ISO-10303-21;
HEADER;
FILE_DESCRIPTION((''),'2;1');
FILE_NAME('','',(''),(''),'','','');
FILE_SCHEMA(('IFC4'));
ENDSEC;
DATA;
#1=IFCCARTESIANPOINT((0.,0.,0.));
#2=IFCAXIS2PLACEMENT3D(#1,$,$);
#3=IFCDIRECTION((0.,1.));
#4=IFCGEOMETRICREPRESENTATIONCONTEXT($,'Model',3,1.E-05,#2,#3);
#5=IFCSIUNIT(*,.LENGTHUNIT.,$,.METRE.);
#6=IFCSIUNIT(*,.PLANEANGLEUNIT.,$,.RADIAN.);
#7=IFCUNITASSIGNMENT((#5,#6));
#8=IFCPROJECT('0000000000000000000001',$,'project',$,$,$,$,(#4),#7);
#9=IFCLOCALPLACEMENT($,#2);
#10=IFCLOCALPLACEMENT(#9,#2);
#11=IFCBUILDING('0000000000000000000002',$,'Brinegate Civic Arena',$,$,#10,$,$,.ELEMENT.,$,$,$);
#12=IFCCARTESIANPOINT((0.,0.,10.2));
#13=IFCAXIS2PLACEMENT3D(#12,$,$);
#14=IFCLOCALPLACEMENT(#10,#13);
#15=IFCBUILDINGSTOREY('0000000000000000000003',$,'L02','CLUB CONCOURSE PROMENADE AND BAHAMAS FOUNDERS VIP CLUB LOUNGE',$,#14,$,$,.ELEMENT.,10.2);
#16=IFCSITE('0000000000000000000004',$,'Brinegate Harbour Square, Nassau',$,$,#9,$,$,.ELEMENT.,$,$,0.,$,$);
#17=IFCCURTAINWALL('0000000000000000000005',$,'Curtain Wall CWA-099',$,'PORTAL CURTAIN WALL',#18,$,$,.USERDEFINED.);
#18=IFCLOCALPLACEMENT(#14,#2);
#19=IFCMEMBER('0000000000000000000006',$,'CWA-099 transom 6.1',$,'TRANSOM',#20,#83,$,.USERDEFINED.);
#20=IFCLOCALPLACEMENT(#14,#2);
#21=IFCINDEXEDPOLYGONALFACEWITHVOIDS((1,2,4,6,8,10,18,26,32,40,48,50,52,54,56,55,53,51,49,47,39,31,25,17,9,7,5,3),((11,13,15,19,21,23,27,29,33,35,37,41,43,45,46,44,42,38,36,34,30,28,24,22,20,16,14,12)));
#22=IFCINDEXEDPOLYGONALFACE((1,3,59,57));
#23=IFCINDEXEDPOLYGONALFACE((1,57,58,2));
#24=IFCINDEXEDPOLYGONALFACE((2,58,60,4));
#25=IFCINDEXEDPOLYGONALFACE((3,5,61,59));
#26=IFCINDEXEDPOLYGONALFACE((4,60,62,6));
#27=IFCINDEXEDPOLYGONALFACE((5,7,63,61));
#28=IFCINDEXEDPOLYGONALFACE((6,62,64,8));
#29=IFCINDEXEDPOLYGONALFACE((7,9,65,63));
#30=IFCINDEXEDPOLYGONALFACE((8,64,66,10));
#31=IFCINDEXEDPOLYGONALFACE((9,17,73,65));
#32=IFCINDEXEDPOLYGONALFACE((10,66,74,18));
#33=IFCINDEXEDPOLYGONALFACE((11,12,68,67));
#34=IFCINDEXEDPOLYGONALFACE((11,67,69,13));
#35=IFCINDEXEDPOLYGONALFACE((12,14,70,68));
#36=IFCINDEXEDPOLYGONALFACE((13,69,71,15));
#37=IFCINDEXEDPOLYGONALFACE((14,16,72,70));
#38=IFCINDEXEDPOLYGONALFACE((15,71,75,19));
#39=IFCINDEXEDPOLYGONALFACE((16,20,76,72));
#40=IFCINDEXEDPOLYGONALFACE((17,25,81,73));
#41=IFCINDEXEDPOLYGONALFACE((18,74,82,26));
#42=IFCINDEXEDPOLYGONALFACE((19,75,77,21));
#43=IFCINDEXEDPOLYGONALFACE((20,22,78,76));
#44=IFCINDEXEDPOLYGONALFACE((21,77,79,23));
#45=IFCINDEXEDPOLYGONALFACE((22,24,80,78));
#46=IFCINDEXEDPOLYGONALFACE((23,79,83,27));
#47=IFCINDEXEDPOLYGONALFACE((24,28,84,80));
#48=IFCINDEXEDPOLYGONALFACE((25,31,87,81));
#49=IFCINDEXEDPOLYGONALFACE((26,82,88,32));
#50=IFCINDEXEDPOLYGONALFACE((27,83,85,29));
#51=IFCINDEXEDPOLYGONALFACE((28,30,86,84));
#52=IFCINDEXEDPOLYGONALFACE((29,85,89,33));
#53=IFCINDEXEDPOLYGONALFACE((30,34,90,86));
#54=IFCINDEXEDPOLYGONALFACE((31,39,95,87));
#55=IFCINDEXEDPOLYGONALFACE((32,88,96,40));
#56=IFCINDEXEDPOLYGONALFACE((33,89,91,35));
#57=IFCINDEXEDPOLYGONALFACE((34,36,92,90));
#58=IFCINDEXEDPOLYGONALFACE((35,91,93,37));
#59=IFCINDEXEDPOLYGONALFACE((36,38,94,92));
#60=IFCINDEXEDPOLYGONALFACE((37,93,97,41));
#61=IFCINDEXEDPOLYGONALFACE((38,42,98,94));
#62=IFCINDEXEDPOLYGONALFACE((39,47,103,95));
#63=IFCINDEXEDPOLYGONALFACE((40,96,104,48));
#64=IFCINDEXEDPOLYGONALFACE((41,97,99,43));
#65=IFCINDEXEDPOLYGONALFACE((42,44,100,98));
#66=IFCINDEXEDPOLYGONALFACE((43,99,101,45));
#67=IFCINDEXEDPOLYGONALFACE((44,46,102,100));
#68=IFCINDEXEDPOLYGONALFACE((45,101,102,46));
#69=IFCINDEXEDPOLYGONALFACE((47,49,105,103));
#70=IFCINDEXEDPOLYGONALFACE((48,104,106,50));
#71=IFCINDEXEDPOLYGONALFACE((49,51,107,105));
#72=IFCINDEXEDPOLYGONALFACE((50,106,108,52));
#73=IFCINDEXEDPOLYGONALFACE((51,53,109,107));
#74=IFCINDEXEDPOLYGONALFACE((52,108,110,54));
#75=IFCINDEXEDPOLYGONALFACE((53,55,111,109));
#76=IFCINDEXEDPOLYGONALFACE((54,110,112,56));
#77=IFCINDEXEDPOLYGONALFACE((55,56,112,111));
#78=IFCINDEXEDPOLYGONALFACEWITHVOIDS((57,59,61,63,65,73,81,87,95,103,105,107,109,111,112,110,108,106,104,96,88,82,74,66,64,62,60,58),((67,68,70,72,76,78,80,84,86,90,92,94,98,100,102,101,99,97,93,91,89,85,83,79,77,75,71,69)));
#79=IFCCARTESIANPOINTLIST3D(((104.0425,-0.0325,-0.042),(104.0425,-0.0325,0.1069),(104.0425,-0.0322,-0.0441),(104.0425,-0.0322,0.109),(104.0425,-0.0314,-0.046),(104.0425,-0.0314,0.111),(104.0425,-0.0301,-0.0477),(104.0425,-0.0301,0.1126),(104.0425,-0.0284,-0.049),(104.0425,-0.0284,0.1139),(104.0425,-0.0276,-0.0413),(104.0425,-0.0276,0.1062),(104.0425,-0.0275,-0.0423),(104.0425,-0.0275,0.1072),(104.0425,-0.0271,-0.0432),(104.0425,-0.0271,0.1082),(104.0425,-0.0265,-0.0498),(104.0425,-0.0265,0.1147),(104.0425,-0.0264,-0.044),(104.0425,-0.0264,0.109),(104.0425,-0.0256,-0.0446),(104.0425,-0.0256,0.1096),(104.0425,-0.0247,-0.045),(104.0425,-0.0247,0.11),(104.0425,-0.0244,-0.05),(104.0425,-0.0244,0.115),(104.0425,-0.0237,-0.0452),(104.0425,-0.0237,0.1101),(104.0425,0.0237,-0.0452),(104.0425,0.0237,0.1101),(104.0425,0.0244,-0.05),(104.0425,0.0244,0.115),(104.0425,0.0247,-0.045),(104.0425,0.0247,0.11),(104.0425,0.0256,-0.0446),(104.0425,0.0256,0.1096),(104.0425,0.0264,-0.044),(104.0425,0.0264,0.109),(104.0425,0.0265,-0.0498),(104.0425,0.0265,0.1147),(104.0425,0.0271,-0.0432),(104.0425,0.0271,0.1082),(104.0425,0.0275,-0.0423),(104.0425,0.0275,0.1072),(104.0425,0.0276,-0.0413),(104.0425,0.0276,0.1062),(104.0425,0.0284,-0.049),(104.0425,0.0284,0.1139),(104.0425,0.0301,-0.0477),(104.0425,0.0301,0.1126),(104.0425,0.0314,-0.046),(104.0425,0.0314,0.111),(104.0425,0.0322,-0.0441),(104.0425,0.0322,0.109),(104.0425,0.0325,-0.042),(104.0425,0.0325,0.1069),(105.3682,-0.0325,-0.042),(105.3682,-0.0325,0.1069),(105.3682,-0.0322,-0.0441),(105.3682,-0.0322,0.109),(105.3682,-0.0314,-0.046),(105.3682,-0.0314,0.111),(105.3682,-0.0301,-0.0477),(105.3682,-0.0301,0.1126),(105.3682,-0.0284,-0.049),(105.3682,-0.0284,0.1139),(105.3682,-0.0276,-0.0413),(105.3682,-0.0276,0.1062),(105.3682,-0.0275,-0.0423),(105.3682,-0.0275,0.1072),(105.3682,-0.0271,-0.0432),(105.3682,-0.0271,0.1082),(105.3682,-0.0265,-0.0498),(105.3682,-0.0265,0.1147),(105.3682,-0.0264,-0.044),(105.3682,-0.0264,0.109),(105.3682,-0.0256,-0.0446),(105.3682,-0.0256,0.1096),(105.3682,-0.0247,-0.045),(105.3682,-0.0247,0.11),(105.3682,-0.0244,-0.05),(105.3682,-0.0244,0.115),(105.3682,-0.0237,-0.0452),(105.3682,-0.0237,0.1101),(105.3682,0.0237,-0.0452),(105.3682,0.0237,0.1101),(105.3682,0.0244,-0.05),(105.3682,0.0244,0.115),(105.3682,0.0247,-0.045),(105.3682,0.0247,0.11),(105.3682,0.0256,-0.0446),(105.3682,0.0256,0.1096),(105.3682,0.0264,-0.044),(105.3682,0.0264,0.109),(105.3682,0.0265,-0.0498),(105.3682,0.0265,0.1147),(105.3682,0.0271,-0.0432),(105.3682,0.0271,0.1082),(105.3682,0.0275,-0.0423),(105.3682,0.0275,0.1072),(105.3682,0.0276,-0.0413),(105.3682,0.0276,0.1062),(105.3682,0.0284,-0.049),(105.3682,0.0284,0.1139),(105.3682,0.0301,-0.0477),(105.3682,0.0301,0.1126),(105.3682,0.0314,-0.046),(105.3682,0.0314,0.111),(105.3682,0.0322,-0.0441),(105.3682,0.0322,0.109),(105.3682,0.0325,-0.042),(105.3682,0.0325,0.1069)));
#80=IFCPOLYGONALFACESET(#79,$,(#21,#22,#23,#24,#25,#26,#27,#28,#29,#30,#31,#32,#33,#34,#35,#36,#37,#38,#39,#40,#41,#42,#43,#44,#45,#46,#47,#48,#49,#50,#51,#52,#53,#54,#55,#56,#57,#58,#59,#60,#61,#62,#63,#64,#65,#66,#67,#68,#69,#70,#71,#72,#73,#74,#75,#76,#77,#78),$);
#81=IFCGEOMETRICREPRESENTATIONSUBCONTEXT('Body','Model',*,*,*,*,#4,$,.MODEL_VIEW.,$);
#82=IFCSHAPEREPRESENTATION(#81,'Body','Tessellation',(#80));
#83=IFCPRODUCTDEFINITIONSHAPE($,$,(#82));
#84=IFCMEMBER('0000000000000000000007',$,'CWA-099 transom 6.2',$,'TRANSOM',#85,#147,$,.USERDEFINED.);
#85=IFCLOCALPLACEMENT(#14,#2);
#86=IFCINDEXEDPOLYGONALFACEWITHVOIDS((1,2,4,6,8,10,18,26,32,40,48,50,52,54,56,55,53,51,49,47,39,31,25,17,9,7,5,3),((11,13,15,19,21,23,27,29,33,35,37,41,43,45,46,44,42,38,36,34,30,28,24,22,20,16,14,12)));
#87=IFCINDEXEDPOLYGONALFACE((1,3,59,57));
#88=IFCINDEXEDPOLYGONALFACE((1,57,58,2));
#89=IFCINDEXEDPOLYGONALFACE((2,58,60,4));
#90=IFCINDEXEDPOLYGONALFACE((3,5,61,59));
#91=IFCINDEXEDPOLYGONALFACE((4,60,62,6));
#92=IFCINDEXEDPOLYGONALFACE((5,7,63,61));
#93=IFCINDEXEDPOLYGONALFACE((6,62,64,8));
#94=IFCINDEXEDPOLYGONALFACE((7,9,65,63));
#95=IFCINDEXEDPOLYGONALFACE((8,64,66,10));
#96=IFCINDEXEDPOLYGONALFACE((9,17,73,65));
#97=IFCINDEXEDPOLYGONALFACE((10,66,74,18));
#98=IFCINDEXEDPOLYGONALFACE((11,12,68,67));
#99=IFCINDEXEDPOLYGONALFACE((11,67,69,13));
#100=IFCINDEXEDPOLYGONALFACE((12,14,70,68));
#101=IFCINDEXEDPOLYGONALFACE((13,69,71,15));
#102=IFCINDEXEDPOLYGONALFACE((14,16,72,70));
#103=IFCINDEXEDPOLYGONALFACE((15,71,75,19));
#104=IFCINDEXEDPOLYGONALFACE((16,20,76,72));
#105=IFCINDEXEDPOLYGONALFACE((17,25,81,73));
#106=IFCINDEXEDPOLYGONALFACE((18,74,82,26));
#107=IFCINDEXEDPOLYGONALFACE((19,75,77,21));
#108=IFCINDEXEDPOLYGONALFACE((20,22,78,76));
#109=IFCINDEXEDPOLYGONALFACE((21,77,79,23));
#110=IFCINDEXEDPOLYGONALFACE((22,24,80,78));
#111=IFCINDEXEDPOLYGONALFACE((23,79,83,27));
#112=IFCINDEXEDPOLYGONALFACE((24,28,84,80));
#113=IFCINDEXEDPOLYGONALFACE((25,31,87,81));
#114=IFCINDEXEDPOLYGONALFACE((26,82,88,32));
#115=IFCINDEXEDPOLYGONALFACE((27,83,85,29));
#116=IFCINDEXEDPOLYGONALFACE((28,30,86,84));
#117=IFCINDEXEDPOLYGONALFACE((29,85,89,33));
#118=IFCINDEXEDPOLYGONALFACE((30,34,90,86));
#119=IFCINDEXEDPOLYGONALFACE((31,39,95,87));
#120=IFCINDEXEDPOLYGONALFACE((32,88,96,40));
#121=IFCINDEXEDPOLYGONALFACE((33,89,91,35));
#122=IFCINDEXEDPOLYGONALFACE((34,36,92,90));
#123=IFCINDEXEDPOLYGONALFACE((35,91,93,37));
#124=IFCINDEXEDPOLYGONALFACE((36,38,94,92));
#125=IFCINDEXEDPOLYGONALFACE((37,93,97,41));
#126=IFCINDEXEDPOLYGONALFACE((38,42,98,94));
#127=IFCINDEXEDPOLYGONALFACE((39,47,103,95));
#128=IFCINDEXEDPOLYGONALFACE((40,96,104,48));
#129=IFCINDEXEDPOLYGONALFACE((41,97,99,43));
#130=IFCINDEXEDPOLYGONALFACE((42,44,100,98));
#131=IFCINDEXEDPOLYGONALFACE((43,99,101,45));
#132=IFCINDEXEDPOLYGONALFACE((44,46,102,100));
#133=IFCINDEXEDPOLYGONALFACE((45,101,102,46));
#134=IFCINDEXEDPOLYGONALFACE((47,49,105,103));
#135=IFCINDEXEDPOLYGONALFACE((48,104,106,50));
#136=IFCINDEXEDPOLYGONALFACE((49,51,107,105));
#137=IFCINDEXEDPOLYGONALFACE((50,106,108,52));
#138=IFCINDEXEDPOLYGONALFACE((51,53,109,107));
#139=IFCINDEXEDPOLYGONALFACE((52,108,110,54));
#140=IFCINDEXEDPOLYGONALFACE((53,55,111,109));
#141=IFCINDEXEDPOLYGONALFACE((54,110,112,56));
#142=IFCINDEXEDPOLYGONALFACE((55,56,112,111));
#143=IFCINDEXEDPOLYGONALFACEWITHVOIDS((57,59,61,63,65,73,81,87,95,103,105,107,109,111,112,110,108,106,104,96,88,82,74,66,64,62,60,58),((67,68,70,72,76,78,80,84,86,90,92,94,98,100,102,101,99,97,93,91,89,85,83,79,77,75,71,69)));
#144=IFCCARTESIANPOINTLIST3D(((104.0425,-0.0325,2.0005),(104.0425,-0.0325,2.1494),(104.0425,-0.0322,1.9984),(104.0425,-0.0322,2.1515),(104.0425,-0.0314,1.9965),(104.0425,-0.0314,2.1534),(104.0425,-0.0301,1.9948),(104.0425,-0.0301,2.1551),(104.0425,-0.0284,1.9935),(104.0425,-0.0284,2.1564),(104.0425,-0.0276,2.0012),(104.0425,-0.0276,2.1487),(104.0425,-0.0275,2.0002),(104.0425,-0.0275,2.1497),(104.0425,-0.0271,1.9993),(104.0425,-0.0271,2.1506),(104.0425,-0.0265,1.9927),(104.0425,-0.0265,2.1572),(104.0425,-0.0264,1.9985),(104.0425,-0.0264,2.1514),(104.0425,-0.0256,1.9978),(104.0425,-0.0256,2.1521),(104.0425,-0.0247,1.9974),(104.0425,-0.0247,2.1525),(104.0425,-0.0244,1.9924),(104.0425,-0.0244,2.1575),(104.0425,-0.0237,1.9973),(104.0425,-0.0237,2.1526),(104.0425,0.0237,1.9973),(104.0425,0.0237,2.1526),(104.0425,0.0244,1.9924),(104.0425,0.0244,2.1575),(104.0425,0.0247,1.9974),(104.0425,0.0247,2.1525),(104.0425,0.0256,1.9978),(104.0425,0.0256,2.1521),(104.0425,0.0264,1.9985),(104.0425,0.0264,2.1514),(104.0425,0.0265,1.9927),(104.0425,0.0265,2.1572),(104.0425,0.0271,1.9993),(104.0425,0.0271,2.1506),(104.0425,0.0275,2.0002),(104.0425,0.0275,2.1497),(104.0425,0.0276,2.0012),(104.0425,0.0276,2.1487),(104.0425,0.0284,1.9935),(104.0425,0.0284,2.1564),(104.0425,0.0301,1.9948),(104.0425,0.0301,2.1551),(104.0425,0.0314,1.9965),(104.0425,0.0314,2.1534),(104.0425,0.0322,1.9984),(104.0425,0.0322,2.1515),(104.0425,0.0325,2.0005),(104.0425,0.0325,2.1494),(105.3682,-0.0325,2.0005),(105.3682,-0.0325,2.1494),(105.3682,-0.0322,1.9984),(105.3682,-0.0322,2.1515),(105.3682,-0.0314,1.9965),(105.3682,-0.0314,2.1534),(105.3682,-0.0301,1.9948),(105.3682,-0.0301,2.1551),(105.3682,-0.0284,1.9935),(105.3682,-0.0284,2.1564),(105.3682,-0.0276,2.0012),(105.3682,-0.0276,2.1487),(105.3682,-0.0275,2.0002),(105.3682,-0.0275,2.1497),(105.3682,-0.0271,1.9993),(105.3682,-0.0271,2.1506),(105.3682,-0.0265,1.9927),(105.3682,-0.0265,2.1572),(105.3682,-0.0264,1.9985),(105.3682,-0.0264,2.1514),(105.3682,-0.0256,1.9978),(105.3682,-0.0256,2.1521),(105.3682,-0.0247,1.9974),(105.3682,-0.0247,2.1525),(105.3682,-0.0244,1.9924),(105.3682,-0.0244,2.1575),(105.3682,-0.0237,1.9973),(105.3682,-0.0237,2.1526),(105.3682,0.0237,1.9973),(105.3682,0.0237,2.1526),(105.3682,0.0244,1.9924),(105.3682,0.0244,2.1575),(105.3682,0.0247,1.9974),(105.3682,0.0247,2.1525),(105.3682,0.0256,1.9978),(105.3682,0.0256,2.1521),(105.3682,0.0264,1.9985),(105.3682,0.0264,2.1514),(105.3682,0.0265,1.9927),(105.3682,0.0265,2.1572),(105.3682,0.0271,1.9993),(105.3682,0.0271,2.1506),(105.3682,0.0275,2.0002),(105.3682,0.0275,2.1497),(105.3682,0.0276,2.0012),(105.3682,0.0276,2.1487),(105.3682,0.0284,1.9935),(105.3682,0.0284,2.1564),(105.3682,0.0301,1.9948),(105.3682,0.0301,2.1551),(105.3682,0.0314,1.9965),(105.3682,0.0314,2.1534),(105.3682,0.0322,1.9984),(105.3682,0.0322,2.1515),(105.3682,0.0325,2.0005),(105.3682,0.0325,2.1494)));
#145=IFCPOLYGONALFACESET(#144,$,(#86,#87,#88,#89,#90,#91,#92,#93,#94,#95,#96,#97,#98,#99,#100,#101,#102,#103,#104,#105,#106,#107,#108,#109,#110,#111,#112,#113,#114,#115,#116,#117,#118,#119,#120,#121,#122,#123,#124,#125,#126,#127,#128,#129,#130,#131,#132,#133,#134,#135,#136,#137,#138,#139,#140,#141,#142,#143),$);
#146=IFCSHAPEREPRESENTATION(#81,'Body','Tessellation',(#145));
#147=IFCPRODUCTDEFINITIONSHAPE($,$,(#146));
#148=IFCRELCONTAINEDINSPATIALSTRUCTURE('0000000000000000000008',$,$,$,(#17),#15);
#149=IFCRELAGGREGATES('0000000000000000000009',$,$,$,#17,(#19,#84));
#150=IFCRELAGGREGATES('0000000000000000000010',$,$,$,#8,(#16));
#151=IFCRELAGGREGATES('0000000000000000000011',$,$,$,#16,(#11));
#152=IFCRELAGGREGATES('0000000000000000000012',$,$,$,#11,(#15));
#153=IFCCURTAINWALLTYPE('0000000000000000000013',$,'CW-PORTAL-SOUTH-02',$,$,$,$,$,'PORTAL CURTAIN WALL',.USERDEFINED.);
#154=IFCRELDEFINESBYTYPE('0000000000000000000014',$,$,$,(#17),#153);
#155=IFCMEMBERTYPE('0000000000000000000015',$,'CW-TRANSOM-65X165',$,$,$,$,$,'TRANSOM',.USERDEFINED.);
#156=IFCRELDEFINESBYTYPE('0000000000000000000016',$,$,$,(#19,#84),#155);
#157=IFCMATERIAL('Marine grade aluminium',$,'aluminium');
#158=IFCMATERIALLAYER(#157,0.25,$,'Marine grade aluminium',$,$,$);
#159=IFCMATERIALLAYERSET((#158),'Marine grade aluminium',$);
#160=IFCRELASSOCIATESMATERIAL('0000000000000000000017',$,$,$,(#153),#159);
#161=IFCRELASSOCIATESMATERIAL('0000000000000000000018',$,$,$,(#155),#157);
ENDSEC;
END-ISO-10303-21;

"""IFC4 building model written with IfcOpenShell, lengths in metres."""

from ifc_helpers import new_model, si_unit, direction, frame, origin, origin_2d, place, context, subcontext, project, spatial, hollow_rectangle, extrude, material, layer, layer_set, material_profile, profile_set, type_object, element, aggregate, save


model = new_model("IFC4")

# Units and contexts
model_context = context("Model", 3, precision=1e-05, world=origin(), true_north=direction((0.0, 1.0)))
body_context = subcontext(model_context, "Body", "Model", "MODEL_VIEW")
ifc_project = project(units=[si_unit("LENGTHUNIT", "METRE"), si_unit("PLANEANGLEUNIT", "RADIAN")], contexts=[model_context])

# Site, building, storey
site_placement = place(None, origin())
site = spatial("IfcSite", under=ifc_project, at=site_placement, Name="Brinegate Harbour Square, Nassau", CompositionType="ELEMENT", RefElevation=0.0)
building_placement = place(site_placement, origin())
building = spatial("IfcBuilding", under=site, at=building_placement, Name="Brinegate Civic Arena", CompositionType="ELEMENT")
storey_placement = place(building_placement, frame((0.0, 0.0, 10.2)))
storey = spatial("IfcBuildingStorey", under=building, at=storey_placement, Name="L02", Description="CLUB CONCOURSE PROMENADE AND BAHAMAS FOUNDERS VIP CLUB LOUNGE", CompositionType="ELEMENT", Elevation=10.2)

# Curtain wall, members
ifc_material_1 = material(Name="Marine grade aluminium", Category="aluminium")
ifc_layer_1 = layer(ifc_material_1, 0.25, Name="Marine grade aluminium")
ifc_layer_set_1 = layer_set([ifc_layer_1], Name="Marine grade aluminium")
curtain_wall_type = type_object("IfcCurtainWallType", Name="CW-PORTAL-SOUTH-02", ElementType="PORTAL CURTAIN WALL", PredefinedType="USERDEFINED", material=ifc_layer_set_1)
curtain_wall_placement = place(storey_placement, origin())
curtain_wall = element("IfcCurtainWall", 1, at=curtain_wall_placement, inside=storey, type_object=curtain_wall_type, Name="Curtain Wall CWA-099", ObjectType="PORTAL CURTAIN WALL", PredefinedType="USERDEFINED")
ifc_material_profile_1 = material_profile(ifc_material_1, hollow_rectangle(XDim=0.0649, YDim=0.165, WallThickness=0.0049, InnerFilletRadius=0.0039, OuterFilletRadius=0.0081, at=origin_2d()), Name="TRN65X165")
ifc_profile_set_1 = profile_set([ifc_material_profile_1], Name="Marine grade aluminium")
member_type_1 = type_object("IfcMemberType", Name="CW-TRANSOM-65X165", ElementType="TRANSOM", PredefinedType="USERDEFINED", material=ifc_profile_set_1)
member_1_placement = place(storey_placement, frame((104.0425, 0.0, 0.0325), z_axis=(1.0, 0.0, 0.0), x_axis=(0.0, 1.0, 0.0)))
member_1 = element("IfcMember", 2, at=member_1_placement, type_object=member_type_1, Name="CWA-099 transom 6.1", ObjectType="TRANSOM", PredefinedType="USERDEFINED", context=body_context, shape_type="SweptSolid", body=[
    extrude(hollow_rectangle(XDim=0.0649, YDim=0.165, WallThickness=0.0049, InnerFilletRadius=0.0039, OuterFilletRadius=0.0081, at=origin_2d()), origin(), (0.0, 0.0, 1.0), 1.3257),
])
member_2_placement = place(storey_placement, frame((104.0425, 0.0, 2.075), z_axis=(1.0, 0.0, 0.0), x_axis=(0.0, 1.0, 0.0)))
member_2 = element("IfcMember", 3, at=member_2_placement, type_object=member_type_1, Name="CWA-099 transom 6.2", ObjectType="TRANSOM", PredefinedType="USERDEFINED", context=body_context, shape_type="SweptSolid", body=[
    extrude(hollow_rectangle(XDim=0.0649, YDim=0.165, WallThickness=0.0049, InnerFilletRadius=0.0039, OuterFilletRadius=0.0081, at=origin_2d()), origin(), (0.0, 0.0, 1.0), 1.3257),
])

aggregate(curtain_wall, [member_1, member_2])

save(model, "model.ifc")
